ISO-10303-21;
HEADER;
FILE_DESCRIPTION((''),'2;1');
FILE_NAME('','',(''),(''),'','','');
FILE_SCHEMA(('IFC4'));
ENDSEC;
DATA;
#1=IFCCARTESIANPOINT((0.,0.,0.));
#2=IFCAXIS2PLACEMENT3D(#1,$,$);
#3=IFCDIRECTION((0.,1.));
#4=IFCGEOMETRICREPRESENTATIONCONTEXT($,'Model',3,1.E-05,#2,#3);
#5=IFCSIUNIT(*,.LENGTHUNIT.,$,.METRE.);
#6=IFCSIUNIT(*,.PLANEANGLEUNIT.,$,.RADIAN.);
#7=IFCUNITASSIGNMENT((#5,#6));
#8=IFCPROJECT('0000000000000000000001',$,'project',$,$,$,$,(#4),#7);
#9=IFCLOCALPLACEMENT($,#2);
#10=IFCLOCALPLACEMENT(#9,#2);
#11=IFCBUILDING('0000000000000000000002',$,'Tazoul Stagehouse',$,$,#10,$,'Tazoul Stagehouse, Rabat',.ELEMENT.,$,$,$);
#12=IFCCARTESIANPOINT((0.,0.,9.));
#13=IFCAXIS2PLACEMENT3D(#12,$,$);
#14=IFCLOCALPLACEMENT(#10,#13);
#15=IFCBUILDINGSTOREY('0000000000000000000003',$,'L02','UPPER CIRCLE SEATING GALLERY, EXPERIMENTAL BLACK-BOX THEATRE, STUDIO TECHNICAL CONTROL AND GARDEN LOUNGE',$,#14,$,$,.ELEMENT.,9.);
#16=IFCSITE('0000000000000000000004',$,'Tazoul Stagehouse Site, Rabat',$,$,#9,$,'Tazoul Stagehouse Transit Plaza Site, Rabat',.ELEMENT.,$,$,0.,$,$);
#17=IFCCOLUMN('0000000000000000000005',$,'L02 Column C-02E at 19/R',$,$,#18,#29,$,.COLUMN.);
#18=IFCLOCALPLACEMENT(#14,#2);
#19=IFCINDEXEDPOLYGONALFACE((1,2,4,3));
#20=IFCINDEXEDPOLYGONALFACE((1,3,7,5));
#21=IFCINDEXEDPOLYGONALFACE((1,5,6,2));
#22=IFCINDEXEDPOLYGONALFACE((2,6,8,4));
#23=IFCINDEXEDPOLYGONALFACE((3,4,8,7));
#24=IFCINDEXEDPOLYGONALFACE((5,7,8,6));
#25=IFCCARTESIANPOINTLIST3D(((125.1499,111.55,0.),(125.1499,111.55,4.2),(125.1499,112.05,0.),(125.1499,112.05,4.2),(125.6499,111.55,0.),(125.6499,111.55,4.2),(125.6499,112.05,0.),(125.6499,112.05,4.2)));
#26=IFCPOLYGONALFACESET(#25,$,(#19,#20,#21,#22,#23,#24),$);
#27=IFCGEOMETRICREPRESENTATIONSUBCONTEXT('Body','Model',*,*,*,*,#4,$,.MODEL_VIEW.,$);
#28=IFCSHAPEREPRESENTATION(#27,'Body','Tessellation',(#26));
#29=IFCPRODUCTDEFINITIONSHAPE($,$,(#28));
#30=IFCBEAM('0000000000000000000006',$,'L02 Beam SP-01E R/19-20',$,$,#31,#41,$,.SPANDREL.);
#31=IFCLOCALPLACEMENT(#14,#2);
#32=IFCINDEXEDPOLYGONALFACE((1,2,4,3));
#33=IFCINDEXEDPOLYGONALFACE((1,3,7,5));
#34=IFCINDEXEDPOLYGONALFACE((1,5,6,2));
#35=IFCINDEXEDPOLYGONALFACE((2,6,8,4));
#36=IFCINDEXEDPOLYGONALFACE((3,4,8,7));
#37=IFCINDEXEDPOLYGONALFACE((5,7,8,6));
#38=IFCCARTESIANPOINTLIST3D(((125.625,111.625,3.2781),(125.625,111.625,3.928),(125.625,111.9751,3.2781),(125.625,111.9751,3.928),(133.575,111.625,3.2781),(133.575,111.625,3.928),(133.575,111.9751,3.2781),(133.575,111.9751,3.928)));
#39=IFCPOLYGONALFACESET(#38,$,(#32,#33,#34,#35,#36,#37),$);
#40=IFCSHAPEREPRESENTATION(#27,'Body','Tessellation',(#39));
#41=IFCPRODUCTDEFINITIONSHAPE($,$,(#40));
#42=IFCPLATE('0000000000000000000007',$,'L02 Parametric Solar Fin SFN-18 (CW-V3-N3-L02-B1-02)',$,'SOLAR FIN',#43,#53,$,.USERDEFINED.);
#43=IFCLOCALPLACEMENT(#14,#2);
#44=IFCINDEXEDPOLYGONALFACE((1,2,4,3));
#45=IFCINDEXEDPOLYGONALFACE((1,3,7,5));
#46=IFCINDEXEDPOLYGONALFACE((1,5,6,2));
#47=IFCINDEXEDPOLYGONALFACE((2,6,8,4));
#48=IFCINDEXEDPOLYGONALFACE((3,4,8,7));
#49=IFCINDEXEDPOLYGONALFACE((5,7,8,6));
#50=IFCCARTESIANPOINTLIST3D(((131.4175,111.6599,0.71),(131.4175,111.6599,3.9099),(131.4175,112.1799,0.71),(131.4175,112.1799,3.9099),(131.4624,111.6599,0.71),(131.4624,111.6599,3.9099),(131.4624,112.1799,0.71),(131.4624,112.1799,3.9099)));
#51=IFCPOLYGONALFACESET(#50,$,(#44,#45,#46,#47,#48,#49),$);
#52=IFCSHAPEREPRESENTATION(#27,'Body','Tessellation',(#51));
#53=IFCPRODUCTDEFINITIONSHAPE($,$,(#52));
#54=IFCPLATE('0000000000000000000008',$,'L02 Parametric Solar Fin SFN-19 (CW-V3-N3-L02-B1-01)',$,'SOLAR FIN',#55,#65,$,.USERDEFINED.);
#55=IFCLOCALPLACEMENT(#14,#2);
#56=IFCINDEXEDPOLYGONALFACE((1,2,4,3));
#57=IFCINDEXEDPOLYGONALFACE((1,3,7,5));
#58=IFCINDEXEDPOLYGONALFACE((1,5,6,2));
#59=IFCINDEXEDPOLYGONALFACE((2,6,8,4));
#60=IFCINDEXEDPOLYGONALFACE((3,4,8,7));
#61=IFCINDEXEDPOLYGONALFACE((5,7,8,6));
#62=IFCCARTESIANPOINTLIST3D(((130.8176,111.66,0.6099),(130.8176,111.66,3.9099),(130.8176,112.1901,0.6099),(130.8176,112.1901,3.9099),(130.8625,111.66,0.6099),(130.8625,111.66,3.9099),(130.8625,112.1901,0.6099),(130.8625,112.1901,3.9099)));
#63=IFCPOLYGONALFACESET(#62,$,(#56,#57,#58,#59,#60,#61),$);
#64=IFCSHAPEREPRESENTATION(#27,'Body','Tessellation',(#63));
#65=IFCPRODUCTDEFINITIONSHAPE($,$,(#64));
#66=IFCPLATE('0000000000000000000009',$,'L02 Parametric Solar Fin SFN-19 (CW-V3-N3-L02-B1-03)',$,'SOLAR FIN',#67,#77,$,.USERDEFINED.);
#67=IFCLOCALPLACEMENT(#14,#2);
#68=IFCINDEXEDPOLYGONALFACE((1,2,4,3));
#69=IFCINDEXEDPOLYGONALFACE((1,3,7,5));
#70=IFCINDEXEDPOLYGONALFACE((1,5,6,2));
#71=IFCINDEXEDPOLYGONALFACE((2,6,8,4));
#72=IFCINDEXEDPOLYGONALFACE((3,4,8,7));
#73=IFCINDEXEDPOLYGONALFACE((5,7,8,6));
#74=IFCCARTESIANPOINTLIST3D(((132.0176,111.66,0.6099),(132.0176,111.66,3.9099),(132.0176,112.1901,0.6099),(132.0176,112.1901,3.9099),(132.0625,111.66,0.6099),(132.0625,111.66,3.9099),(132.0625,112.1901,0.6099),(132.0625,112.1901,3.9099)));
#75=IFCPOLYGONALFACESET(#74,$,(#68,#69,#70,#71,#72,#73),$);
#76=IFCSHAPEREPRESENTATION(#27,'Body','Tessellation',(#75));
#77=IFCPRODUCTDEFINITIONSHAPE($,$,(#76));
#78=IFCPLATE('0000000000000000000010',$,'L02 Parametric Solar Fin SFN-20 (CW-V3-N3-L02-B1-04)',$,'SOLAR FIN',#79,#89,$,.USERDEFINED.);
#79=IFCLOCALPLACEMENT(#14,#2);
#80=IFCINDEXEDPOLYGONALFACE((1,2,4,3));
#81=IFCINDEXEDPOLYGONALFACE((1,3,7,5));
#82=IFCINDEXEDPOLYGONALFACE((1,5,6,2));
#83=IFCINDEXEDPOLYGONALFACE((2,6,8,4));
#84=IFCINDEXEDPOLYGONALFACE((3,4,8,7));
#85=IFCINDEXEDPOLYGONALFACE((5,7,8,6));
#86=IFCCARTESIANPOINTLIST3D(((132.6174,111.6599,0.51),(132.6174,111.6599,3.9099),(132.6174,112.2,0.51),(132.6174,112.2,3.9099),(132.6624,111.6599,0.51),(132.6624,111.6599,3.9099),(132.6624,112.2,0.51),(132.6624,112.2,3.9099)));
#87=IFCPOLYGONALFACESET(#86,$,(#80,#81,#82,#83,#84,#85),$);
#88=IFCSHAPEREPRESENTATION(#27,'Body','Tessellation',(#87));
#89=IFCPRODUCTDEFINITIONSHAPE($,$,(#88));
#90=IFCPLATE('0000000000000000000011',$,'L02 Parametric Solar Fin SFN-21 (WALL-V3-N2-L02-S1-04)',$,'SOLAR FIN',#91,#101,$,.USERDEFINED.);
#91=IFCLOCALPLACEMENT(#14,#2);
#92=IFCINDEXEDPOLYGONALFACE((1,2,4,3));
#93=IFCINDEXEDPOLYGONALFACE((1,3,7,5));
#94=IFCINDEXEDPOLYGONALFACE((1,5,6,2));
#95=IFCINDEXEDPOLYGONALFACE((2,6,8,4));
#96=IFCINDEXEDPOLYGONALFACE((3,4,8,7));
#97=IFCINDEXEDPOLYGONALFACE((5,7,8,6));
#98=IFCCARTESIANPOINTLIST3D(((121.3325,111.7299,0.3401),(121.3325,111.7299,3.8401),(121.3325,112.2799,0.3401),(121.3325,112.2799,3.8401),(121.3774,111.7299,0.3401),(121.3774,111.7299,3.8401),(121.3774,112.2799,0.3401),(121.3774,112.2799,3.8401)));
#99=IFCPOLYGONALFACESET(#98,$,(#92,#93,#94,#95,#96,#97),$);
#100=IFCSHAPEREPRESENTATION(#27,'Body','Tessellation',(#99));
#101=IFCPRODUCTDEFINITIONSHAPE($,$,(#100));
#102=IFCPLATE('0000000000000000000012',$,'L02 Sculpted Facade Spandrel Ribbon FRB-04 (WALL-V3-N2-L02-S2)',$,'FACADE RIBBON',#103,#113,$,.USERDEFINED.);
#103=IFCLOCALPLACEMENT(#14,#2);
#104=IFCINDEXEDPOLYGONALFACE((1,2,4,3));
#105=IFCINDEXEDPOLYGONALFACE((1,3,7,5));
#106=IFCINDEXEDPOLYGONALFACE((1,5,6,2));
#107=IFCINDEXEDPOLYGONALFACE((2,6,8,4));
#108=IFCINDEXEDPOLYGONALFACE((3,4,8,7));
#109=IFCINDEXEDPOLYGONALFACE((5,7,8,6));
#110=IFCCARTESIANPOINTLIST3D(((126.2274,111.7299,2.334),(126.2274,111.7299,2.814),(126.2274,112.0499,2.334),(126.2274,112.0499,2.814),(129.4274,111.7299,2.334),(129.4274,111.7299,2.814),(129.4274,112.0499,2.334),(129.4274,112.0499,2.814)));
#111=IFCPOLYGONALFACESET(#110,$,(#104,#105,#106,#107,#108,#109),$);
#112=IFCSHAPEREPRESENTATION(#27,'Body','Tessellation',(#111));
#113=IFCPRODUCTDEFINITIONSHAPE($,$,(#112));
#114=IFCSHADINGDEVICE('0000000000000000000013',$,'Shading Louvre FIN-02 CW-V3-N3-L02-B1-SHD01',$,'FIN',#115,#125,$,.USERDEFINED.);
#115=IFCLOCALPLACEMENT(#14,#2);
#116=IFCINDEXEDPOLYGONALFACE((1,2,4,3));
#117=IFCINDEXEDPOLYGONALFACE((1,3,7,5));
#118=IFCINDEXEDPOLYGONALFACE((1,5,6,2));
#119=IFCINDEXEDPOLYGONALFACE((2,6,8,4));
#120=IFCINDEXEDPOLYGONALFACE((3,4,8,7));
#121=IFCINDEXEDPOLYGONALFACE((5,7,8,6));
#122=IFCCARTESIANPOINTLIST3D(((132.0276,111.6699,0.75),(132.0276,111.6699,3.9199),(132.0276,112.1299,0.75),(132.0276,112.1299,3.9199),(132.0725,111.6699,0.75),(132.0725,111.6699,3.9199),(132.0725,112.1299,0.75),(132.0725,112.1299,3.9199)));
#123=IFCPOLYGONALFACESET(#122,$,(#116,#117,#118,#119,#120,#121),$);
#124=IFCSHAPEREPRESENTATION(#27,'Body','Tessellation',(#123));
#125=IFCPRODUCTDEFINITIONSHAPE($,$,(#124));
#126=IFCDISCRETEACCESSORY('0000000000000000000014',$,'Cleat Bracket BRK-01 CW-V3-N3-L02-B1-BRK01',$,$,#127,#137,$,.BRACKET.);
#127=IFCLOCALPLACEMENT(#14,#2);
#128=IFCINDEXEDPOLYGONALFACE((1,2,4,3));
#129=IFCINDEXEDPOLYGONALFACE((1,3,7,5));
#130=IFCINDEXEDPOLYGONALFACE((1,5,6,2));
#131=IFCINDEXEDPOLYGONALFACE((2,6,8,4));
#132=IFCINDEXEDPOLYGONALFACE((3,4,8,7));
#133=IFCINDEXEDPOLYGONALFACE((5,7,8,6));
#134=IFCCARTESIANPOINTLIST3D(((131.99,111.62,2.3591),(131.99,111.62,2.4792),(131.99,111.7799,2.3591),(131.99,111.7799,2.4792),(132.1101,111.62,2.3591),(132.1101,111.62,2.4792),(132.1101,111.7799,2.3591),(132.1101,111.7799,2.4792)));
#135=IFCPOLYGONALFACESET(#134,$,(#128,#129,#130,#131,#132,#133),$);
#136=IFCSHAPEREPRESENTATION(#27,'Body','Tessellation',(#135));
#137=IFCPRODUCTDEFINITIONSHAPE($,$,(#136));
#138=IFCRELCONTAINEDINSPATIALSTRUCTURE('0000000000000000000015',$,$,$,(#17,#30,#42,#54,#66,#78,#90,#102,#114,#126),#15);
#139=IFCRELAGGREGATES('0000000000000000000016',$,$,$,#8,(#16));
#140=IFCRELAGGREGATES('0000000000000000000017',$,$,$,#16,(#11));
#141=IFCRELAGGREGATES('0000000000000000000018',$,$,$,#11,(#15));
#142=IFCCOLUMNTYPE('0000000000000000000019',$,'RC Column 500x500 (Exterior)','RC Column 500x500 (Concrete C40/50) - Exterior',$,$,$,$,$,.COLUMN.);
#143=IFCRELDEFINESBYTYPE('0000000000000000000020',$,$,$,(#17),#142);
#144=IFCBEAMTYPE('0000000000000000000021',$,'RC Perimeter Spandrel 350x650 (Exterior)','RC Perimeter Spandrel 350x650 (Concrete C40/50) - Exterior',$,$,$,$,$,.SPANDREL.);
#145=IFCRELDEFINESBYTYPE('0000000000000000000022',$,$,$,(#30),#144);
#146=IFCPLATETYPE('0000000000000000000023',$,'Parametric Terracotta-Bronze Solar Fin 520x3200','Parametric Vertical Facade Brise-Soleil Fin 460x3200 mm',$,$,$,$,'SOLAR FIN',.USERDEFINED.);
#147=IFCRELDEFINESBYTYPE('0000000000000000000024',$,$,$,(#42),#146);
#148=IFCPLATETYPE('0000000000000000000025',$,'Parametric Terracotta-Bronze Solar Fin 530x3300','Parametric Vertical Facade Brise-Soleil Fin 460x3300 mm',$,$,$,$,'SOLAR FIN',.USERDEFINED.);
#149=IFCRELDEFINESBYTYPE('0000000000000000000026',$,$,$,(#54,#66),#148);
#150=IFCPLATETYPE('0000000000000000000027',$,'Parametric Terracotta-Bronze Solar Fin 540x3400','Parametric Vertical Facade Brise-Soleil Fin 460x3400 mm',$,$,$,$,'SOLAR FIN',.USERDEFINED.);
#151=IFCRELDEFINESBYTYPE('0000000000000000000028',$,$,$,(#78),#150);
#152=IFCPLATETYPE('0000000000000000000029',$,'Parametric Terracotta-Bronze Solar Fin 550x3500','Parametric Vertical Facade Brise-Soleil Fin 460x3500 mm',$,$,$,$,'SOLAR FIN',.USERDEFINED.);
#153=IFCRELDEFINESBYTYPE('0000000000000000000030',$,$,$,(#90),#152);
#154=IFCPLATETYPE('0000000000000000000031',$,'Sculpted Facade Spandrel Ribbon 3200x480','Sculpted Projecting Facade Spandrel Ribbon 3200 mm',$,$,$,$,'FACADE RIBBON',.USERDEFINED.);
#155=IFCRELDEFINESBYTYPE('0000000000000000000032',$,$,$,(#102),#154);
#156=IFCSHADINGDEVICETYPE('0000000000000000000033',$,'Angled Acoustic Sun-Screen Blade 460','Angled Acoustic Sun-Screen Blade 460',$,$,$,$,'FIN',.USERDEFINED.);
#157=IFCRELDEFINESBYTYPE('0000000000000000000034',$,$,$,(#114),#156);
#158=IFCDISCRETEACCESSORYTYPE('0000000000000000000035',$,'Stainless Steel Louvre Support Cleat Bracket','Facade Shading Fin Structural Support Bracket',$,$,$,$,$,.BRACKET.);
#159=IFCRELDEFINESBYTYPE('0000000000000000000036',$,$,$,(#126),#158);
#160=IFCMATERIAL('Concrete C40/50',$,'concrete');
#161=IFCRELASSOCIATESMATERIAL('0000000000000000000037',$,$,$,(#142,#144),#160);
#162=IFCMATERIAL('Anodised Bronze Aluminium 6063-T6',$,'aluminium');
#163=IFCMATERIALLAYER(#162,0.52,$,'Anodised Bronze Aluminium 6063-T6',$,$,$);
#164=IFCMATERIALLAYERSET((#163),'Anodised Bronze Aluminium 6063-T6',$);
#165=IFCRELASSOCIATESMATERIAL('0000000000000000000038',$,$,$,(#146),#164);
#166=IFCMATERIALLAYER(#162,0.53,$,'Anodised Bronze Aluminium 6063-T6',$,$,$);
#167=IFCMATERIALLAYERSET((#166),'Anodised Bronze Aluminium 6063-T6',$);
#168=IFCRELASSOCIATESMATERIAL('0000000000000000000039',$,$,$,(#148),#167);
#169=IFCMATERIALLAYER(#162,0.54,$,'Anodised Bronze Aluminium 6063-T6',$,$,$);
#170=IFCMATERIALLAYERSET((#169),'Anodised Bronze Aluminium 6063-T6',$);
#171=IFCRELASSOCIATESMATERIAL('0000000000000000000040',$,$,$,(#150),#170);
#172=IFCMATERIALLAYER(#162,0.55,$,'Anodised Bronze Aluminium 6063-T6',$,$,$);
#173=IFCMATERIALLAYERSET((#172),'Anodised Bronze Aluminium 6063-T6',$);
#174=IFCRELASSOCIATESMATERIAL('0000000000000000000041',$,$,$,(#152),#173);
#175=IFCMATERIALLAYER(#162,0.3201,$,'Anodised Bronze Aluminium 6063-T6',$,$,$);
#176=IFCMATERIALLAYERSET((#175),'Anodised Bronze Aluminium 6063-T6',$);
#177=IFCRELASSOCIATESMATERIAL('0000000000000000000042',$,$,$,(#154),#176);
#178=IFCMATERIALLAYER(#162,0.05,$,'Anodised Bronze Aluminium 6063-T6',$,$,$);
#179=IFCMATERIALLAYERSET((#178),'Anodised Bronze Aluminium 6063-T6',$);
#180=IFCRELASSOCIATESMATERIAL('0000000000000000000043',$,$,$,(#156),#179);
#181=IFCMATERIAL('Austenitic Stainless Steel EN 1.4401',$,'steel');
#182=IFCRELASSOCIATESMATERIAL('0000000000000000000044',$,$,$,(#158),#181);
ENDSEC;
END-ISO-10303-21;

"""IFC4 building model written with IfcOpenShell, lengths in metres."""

from ifc_helpers import new_model, si_unit, direction, frame, origin, origin_2d, place, context, subcontext, project, spatial, rectangle, extrude, material, layer, layer_set, material_profile, profile_set, type_object, element, save


model = new_model("IFC4")

# Units and contexts
model_context = context("Model", 3, precision=1e-05, world=origin(), true_north=direction((0.0, 1.0)))
body_context = subcontext(model_context, "Body", "Model", "MODEL_VIEW")
ifc_project = project(units=[si_unit("LENGTHUNIT", "METRE"), si_unit("PLANEANGLEUNIT", "RADIAN")], contexts=[model_context])

# Site, building, storey
site_placement = place(None, origin())
site = spatial("IfcSite", under=ifc_project, at=site_placement, Name="Tazoul Stagehouse Site, Rabat", LongName="Tazoul Stagehouse Transit Plaza Site, Rabat", CompositionType="ELEMENT", RefElevation=0.0)
building_placement = place(site_placement, origin())
building = spatial("IfcBuilding", under=site, at=building_placement, Name="Tazoul Stagehouse", LongName="Tazoul Stagehouse, Rabat", CompositionType="ELEMENT")
storey_placement = place(building_placement, frame((0.0, 0.0, 9.0)))
storey = spatial("IfcBuildingStorey", under=building, at=storey_placement, Name="L02", Description="UPPER CIRCLE SEATING GALLERY, EXPERIMENTAL BLACK-BOX THEATRE, STUDIO TECHNICAL CONTROL AND GARDEN LOUNGE", CompositionType="ELEMENT", Elevation=9.0)

# Column
ifc_material_1 = material(Name="Concrete C40/50", Category="concrete")
ifc_material_profile_1 = material_profile(ifc_material_1, rectangle(XDim=0.5, YDim=0.5, at=origin_2d()), Name="RC 500x500")
ifc_profile_set_1 = profile_set([ifc_material_profile_1], Name="Concrete C40/50")
column_type = type_object("IfcColumnType", Name="RC Column 500x500 (Exterior)", Description="RC Column 500x500 (Concrete C40/50) - Exterior", PredefinedType="COLUMN", material=ifc_profile_set_1)
column_placement = place(storey_placement, frame((125.3999, 111.8, 0.0), z_axis=(0.0, 0.0, 1.0), x_axis=(1.0, 0.0, 0.0)))
element("IfcColumn", 1, at=column_placement, inside=storey, type_object=column_type, Name="L02 Column C-02E at 19/R", PredefinedType="COLUMN", context=body_context, shape_type="SweptSolid", body=[
    extrude(rectangle(XDim=0.5, YDim=0.5, at=origin_2d()), origin(), (0.0, 0.0, 1.0), 4.2),
])

# Shared definitions
ifc_material_2 = material(Name="Anodised Bronze Aluminium 6063-T6", Category="aluminium")

# Beam
ifc_material_profile_2 = material_profile(ifc_material_1, rectangle(XDim=0.3501, YDim=0.6499, at=origin_2d()), Name="RC 350x650")
ifc_profile_set_2 = profile_set([ifc_material_profile_2], Name="Concrete C40/50")
beam_type = type_object("IfcBeamType", Name="RC Perimeter Spandrel 350x650 (Exterior)", Description="RC Perimeter Spandrel 350x650 (Concrete C40/50) - Exterior", PredefinedType="SPANDREL", material=ifc_profile_set_2)
beam_placement = place(storey_placement, frame((125.625, 111.8, 3.603), z_axis=(1.0, 0.0, 0.0), x_axis=(0.0, 1.0, 0.0)))
element("IfcBeam", 2, at=beam_placement, inside=storey, type_object=beam_type, Name="L02 Beam SP-01E R/19-20", PredefinedType="SPANDREL", context=body_context, shape_type="SweptSolid", body=[
    extrude(rectangle(XDim=0.3501, YDim=0.6499, at=origin_2d()), origin(), (0.0, 0.0, 1.0), 7.95),
])

# Plates
ifc_layer_1 = layer(ifc_material_2, 0.52, Name="Anodised Bronze Aluminium 6063-T6")
ifc_layer_set_1 = layer_set([ifc_layer_1], Name="Anodised Bronze Aluminium 6063-T6")
plate_type_1 = type_object("IfcPlateType", Name="Parametric Terracotta-Bronze Solar Fin 520x3200", Description="Parametric Vertical Facade Brise-Soleil Fin 460x3200 mm", ElementType="SOLAR FIN", PredefinedType="USERDEFINED", material=ifc_layer_set_1)
plate_1_placement = place(storey_placement, frame((131.4399, 111.9199, 0.71), z_axis=(0.0, 0.0, 1.0), x_axis=(1.0, 0.0, 0.0)))
element("IfcPlate", 3, at=plate_1_placement, inside=storey, type_object=plate_type_1, Name="L02 Parametric Solar Fin SFN-18 (CW-V3-N3-L02-B1-02)", ObjectType="SOLAR FIN", PredefinedType="USERDEFINED", context=body_context, shape_type="SweptSolid", body=[
    extrude(rectangle(XDim=0.0449, YDim=0.52, at=origin_2d()), origin(), (0.0, 0.0, 1.0), 3.2),
])
ifc_layer_2 = layer(ifc_material_2, 0.53, Name="Anodised Bronze Aluminium 6063-T6")
ifc_layer_set_2 = layer_set([ifc_layer_2], Name="Anodised Bronze Aluminium 6063-T6")
plate_type_2 = type_object("IfcPlateType", Name="Parametric Terracotta-Bronze Solar Fin 530x3300", Description="Parametric Vertical Facade Brise-Soleil Fin 460x3300 mm", ElementType="SOLAR FIN", PredefinedType="USERDEFINED", material=ifc_layer_set_2)
for number, where, z_axis, x_axis, name in (
    (4, (130.8401, 111.925, 0.6099), (0.0, 0.0, 1.0), (1.0, 0.0, 0.0), "L02 Parametric Solar Fin SFN-19 (CW-V3-N3-L02-B1-01)"),
    (5, (132.04, 111.925, 0.6099), (0.0, 0.0, 1.0), (1.0, 0.0, 0.0), "L02 Parametric Solar Fin SFN-19 (CW-V3-N3-L02-B1-03)"),
):
    element("IfcPlate", number, at=place(storey_placement, frame(where, z_axis=z_axis, x_axis=x_axis)), inside=storey, type_object=plate_type_2, Name=name, ObjectType="SOLAR FIN", PredefinedType="USERDEFINED", context=body_context, shape_type="SweptSolid", body=[
        extrude(rectangle(XDim=0.0449, YDim=0.53, at=origin_2d()), origin(), (0.0, 0.0, 1.0), 3.3),
    ])
ifc_layer_3 = layer(ifc_material_2, 0.54, Name="Anodised Bronze Aluminium 6063-T6")
ifc_layer_set_3 = layer_set([ifc_layer_3], Name="Anodised Bronze Aluminium 6063-T6")
plate_type_3 = type_object("IfcPlateType", Name="Parametric Terracotta-Bronze Solar Fin 540x3400", Description="Parametric Vertical Facade Brise-Soleil Fin 460x3400 mm", ElementType="SOLAR FIN", PredefinedType="USERDEFINED", material=ifc_layer_set_3)
plate_2_placement = place(storey_placement, frame((132.6399, 111.9299, 0.51), z_axis=(0.0, 0.0, 1.0), x_axis=(1.0, 0.0, 0.0)))
element("IfcPlate", 6, at=plate_2_placement, inside=storey, type_object=plate_type_3, Name="L02 Parametric Solar Fin SFN-20 (CW-V3-N3-L02-B1-04)", ObjectType="SOLAR FIN", PredefinedType="USERDEFINED", context=body_context, shape_type="SweptSolid", body=[
    extrude(rectangle(XDim=0.0449, YDim=0.54, at=origin_2d()), origin(), (0.0, 0.0, 1.0), 3.3999),
])
ifc_layer_4 = layer(ifc_material_2, 0.55, Name="Anodised Bronze Aluminium 6063-T6")
ifc_layer_set_4 = layer_set([ifc_layer_4], Name="Anodised Bronze Aluminium 6063-T6")
plate_type_4 = type_object("IfcPlateType", Name="Parametric Terracotta-Bronze Solar Fin 550x3500", Description="Parametric Vertical Facade Brise-Soleil Fin 460x3500 mm", ElementType="SOLAR FIN", PredefinedType="USERDEFINED", material=ifc_layer_set_4)
plate_3_placement = place(storey_placement, frame((121.355, 112.0049, 0.3401), z_axis=(0.0, 0.0, 1.0), x_axis=(1.0, 0.0, 0.0)))
element("IfcPlate", 7, at=plate_3_placement, inside=storey, type_object=plate_type_4, Name="L02 Parametric Solar Fin SFN-21 (WALL-V3-N2-L02-S1-04)", ObjectType="SOLAR FIN", PredefinedType="USERDEFINED", context=body_context, shape_type="SweptSolid", body=[
    extrude(rectangle(XDim=0.0449, YDim=0.55, at=origin_2d()), origin(), (0.0, 0.0, 1.0), 3.5),
])
ifc_layer_5 = layer(ifc_material_2, 0.3201, Name="Anodised Bronze Aluminium 6063-T6")
ifc_layer_set_5 = layer_set([ifc_layer_5], Name="Anodised Bronze Aluminium 6063-T6")
plate_type_5 = type_object("IfcPlateType", Name="Sculpted Facade Spandrel Ribbon 3200x480", Description="Sculpted Projecting Facade Spandrel Ribbon 3200 mm", ElementType="FACADE RIBBON", PredefinedType="USERDEFINED", material=ifc_layer_set_5)
plate_4_placement = place(storey_placement, frame((127.8274, 111.8899, 2.334), z_axis=(0.0, 0.0, 1.0), x_axis=(1.0, 0.0, 0.0)))
element("IfcPlate", 8, at=plate_4_placement, inside=storey, type_object=plate_type_5, Name="L02 Sculpted Facade Spandrel Ribbon FRB-04 (WALL-V3-N2-L02-S2)", ObjectType="FACADE RIBBON", PredefinedType="USERDEFINED", context=body_context, shape_type="SweptSolid", body=[
    extrude(rectangle(XDim=3.2, YDim=0.3201, at=origin_2d()), origin(), (0.0, 0.0, 1.0), 0.48),
])

# Shading device
ifc_layer_6 = layer(ifc_material_2, 0.05, Name="Anodised Bronze Aluminium 6063-T6")
ifc_layer_set_6 = layer_set([ifc_layer_6], Name="Anodised Bronze Aluminium 6063-T6")
shading_device_type = type_object("IfcShadingDeviceType", Name="Angled Acoustic Sun-Screen Blade 460", Description="Angled Acoustic Sun-Screen Blade 460", ElementType="FIN", PredefinedType="USERDEFINED", material=ifc_layer_set_6)
shading_device_placement = place(storey_placement, frame((132.05, 111.8999, 0.75), z_axis=(0.0, 0.0, 1.0), x_axis=(1.0, 0.0, 0.0)))
element("IfcShadingDevice", 9, at=shading_device_placement, inside=storey, type_object=shading_device_type, Name="Shading Louvre FIN-02 CW-V3-N3-L02-B1-SHD01", ObjectType="FIN", PredefinedType="USERDEFINED", context=body_context, shape_type="SweptSolid", body=[
    extrude(rectangle(XDim=0.0449, YDim=0.46, at=origin_2d()), origin(), (0.0, 0.0, 1.0), 3.1699),
])

# Discrete accessory
ifc_material_3 = material(Name="Austenitic Stainless Steel EN 1.4401", Category="steel")
discrete_accessory_type = type_object("IfcDiscreteAccessoryType", Name="Stainless Steel Louvre Support Cleat Bracket", Description="Facade Shading Fin Structural Support Bracket", PredefinedType="BRACKET", material=ifc_material_3)
discrete_accessory_placement = place(storey_placement, frame((132.05, 111.7, 2.3591), z_axis=(0.0, 0.0, 1.0), x_axis=(1.0, 0.0, 0.0)))
element("IfcDiscreteAccessory", 10, at=discrete_accessory_placement, inside=storey, type_object=discrete_accessory_type, Name="Cleat Bracket BRK-01 CW-V3-N3-L02-B1-BRK01", PredefinedType="BRACKET", context=body_context, shape_type="SweptSolid", body=[
    extrude(rectangle(XDim=0.1201, YDim=0.1599, at=origin_2d()), origin(), (0.0, 0.0, 1.0), 0.1201),
])

save(model, "model.ifc")
